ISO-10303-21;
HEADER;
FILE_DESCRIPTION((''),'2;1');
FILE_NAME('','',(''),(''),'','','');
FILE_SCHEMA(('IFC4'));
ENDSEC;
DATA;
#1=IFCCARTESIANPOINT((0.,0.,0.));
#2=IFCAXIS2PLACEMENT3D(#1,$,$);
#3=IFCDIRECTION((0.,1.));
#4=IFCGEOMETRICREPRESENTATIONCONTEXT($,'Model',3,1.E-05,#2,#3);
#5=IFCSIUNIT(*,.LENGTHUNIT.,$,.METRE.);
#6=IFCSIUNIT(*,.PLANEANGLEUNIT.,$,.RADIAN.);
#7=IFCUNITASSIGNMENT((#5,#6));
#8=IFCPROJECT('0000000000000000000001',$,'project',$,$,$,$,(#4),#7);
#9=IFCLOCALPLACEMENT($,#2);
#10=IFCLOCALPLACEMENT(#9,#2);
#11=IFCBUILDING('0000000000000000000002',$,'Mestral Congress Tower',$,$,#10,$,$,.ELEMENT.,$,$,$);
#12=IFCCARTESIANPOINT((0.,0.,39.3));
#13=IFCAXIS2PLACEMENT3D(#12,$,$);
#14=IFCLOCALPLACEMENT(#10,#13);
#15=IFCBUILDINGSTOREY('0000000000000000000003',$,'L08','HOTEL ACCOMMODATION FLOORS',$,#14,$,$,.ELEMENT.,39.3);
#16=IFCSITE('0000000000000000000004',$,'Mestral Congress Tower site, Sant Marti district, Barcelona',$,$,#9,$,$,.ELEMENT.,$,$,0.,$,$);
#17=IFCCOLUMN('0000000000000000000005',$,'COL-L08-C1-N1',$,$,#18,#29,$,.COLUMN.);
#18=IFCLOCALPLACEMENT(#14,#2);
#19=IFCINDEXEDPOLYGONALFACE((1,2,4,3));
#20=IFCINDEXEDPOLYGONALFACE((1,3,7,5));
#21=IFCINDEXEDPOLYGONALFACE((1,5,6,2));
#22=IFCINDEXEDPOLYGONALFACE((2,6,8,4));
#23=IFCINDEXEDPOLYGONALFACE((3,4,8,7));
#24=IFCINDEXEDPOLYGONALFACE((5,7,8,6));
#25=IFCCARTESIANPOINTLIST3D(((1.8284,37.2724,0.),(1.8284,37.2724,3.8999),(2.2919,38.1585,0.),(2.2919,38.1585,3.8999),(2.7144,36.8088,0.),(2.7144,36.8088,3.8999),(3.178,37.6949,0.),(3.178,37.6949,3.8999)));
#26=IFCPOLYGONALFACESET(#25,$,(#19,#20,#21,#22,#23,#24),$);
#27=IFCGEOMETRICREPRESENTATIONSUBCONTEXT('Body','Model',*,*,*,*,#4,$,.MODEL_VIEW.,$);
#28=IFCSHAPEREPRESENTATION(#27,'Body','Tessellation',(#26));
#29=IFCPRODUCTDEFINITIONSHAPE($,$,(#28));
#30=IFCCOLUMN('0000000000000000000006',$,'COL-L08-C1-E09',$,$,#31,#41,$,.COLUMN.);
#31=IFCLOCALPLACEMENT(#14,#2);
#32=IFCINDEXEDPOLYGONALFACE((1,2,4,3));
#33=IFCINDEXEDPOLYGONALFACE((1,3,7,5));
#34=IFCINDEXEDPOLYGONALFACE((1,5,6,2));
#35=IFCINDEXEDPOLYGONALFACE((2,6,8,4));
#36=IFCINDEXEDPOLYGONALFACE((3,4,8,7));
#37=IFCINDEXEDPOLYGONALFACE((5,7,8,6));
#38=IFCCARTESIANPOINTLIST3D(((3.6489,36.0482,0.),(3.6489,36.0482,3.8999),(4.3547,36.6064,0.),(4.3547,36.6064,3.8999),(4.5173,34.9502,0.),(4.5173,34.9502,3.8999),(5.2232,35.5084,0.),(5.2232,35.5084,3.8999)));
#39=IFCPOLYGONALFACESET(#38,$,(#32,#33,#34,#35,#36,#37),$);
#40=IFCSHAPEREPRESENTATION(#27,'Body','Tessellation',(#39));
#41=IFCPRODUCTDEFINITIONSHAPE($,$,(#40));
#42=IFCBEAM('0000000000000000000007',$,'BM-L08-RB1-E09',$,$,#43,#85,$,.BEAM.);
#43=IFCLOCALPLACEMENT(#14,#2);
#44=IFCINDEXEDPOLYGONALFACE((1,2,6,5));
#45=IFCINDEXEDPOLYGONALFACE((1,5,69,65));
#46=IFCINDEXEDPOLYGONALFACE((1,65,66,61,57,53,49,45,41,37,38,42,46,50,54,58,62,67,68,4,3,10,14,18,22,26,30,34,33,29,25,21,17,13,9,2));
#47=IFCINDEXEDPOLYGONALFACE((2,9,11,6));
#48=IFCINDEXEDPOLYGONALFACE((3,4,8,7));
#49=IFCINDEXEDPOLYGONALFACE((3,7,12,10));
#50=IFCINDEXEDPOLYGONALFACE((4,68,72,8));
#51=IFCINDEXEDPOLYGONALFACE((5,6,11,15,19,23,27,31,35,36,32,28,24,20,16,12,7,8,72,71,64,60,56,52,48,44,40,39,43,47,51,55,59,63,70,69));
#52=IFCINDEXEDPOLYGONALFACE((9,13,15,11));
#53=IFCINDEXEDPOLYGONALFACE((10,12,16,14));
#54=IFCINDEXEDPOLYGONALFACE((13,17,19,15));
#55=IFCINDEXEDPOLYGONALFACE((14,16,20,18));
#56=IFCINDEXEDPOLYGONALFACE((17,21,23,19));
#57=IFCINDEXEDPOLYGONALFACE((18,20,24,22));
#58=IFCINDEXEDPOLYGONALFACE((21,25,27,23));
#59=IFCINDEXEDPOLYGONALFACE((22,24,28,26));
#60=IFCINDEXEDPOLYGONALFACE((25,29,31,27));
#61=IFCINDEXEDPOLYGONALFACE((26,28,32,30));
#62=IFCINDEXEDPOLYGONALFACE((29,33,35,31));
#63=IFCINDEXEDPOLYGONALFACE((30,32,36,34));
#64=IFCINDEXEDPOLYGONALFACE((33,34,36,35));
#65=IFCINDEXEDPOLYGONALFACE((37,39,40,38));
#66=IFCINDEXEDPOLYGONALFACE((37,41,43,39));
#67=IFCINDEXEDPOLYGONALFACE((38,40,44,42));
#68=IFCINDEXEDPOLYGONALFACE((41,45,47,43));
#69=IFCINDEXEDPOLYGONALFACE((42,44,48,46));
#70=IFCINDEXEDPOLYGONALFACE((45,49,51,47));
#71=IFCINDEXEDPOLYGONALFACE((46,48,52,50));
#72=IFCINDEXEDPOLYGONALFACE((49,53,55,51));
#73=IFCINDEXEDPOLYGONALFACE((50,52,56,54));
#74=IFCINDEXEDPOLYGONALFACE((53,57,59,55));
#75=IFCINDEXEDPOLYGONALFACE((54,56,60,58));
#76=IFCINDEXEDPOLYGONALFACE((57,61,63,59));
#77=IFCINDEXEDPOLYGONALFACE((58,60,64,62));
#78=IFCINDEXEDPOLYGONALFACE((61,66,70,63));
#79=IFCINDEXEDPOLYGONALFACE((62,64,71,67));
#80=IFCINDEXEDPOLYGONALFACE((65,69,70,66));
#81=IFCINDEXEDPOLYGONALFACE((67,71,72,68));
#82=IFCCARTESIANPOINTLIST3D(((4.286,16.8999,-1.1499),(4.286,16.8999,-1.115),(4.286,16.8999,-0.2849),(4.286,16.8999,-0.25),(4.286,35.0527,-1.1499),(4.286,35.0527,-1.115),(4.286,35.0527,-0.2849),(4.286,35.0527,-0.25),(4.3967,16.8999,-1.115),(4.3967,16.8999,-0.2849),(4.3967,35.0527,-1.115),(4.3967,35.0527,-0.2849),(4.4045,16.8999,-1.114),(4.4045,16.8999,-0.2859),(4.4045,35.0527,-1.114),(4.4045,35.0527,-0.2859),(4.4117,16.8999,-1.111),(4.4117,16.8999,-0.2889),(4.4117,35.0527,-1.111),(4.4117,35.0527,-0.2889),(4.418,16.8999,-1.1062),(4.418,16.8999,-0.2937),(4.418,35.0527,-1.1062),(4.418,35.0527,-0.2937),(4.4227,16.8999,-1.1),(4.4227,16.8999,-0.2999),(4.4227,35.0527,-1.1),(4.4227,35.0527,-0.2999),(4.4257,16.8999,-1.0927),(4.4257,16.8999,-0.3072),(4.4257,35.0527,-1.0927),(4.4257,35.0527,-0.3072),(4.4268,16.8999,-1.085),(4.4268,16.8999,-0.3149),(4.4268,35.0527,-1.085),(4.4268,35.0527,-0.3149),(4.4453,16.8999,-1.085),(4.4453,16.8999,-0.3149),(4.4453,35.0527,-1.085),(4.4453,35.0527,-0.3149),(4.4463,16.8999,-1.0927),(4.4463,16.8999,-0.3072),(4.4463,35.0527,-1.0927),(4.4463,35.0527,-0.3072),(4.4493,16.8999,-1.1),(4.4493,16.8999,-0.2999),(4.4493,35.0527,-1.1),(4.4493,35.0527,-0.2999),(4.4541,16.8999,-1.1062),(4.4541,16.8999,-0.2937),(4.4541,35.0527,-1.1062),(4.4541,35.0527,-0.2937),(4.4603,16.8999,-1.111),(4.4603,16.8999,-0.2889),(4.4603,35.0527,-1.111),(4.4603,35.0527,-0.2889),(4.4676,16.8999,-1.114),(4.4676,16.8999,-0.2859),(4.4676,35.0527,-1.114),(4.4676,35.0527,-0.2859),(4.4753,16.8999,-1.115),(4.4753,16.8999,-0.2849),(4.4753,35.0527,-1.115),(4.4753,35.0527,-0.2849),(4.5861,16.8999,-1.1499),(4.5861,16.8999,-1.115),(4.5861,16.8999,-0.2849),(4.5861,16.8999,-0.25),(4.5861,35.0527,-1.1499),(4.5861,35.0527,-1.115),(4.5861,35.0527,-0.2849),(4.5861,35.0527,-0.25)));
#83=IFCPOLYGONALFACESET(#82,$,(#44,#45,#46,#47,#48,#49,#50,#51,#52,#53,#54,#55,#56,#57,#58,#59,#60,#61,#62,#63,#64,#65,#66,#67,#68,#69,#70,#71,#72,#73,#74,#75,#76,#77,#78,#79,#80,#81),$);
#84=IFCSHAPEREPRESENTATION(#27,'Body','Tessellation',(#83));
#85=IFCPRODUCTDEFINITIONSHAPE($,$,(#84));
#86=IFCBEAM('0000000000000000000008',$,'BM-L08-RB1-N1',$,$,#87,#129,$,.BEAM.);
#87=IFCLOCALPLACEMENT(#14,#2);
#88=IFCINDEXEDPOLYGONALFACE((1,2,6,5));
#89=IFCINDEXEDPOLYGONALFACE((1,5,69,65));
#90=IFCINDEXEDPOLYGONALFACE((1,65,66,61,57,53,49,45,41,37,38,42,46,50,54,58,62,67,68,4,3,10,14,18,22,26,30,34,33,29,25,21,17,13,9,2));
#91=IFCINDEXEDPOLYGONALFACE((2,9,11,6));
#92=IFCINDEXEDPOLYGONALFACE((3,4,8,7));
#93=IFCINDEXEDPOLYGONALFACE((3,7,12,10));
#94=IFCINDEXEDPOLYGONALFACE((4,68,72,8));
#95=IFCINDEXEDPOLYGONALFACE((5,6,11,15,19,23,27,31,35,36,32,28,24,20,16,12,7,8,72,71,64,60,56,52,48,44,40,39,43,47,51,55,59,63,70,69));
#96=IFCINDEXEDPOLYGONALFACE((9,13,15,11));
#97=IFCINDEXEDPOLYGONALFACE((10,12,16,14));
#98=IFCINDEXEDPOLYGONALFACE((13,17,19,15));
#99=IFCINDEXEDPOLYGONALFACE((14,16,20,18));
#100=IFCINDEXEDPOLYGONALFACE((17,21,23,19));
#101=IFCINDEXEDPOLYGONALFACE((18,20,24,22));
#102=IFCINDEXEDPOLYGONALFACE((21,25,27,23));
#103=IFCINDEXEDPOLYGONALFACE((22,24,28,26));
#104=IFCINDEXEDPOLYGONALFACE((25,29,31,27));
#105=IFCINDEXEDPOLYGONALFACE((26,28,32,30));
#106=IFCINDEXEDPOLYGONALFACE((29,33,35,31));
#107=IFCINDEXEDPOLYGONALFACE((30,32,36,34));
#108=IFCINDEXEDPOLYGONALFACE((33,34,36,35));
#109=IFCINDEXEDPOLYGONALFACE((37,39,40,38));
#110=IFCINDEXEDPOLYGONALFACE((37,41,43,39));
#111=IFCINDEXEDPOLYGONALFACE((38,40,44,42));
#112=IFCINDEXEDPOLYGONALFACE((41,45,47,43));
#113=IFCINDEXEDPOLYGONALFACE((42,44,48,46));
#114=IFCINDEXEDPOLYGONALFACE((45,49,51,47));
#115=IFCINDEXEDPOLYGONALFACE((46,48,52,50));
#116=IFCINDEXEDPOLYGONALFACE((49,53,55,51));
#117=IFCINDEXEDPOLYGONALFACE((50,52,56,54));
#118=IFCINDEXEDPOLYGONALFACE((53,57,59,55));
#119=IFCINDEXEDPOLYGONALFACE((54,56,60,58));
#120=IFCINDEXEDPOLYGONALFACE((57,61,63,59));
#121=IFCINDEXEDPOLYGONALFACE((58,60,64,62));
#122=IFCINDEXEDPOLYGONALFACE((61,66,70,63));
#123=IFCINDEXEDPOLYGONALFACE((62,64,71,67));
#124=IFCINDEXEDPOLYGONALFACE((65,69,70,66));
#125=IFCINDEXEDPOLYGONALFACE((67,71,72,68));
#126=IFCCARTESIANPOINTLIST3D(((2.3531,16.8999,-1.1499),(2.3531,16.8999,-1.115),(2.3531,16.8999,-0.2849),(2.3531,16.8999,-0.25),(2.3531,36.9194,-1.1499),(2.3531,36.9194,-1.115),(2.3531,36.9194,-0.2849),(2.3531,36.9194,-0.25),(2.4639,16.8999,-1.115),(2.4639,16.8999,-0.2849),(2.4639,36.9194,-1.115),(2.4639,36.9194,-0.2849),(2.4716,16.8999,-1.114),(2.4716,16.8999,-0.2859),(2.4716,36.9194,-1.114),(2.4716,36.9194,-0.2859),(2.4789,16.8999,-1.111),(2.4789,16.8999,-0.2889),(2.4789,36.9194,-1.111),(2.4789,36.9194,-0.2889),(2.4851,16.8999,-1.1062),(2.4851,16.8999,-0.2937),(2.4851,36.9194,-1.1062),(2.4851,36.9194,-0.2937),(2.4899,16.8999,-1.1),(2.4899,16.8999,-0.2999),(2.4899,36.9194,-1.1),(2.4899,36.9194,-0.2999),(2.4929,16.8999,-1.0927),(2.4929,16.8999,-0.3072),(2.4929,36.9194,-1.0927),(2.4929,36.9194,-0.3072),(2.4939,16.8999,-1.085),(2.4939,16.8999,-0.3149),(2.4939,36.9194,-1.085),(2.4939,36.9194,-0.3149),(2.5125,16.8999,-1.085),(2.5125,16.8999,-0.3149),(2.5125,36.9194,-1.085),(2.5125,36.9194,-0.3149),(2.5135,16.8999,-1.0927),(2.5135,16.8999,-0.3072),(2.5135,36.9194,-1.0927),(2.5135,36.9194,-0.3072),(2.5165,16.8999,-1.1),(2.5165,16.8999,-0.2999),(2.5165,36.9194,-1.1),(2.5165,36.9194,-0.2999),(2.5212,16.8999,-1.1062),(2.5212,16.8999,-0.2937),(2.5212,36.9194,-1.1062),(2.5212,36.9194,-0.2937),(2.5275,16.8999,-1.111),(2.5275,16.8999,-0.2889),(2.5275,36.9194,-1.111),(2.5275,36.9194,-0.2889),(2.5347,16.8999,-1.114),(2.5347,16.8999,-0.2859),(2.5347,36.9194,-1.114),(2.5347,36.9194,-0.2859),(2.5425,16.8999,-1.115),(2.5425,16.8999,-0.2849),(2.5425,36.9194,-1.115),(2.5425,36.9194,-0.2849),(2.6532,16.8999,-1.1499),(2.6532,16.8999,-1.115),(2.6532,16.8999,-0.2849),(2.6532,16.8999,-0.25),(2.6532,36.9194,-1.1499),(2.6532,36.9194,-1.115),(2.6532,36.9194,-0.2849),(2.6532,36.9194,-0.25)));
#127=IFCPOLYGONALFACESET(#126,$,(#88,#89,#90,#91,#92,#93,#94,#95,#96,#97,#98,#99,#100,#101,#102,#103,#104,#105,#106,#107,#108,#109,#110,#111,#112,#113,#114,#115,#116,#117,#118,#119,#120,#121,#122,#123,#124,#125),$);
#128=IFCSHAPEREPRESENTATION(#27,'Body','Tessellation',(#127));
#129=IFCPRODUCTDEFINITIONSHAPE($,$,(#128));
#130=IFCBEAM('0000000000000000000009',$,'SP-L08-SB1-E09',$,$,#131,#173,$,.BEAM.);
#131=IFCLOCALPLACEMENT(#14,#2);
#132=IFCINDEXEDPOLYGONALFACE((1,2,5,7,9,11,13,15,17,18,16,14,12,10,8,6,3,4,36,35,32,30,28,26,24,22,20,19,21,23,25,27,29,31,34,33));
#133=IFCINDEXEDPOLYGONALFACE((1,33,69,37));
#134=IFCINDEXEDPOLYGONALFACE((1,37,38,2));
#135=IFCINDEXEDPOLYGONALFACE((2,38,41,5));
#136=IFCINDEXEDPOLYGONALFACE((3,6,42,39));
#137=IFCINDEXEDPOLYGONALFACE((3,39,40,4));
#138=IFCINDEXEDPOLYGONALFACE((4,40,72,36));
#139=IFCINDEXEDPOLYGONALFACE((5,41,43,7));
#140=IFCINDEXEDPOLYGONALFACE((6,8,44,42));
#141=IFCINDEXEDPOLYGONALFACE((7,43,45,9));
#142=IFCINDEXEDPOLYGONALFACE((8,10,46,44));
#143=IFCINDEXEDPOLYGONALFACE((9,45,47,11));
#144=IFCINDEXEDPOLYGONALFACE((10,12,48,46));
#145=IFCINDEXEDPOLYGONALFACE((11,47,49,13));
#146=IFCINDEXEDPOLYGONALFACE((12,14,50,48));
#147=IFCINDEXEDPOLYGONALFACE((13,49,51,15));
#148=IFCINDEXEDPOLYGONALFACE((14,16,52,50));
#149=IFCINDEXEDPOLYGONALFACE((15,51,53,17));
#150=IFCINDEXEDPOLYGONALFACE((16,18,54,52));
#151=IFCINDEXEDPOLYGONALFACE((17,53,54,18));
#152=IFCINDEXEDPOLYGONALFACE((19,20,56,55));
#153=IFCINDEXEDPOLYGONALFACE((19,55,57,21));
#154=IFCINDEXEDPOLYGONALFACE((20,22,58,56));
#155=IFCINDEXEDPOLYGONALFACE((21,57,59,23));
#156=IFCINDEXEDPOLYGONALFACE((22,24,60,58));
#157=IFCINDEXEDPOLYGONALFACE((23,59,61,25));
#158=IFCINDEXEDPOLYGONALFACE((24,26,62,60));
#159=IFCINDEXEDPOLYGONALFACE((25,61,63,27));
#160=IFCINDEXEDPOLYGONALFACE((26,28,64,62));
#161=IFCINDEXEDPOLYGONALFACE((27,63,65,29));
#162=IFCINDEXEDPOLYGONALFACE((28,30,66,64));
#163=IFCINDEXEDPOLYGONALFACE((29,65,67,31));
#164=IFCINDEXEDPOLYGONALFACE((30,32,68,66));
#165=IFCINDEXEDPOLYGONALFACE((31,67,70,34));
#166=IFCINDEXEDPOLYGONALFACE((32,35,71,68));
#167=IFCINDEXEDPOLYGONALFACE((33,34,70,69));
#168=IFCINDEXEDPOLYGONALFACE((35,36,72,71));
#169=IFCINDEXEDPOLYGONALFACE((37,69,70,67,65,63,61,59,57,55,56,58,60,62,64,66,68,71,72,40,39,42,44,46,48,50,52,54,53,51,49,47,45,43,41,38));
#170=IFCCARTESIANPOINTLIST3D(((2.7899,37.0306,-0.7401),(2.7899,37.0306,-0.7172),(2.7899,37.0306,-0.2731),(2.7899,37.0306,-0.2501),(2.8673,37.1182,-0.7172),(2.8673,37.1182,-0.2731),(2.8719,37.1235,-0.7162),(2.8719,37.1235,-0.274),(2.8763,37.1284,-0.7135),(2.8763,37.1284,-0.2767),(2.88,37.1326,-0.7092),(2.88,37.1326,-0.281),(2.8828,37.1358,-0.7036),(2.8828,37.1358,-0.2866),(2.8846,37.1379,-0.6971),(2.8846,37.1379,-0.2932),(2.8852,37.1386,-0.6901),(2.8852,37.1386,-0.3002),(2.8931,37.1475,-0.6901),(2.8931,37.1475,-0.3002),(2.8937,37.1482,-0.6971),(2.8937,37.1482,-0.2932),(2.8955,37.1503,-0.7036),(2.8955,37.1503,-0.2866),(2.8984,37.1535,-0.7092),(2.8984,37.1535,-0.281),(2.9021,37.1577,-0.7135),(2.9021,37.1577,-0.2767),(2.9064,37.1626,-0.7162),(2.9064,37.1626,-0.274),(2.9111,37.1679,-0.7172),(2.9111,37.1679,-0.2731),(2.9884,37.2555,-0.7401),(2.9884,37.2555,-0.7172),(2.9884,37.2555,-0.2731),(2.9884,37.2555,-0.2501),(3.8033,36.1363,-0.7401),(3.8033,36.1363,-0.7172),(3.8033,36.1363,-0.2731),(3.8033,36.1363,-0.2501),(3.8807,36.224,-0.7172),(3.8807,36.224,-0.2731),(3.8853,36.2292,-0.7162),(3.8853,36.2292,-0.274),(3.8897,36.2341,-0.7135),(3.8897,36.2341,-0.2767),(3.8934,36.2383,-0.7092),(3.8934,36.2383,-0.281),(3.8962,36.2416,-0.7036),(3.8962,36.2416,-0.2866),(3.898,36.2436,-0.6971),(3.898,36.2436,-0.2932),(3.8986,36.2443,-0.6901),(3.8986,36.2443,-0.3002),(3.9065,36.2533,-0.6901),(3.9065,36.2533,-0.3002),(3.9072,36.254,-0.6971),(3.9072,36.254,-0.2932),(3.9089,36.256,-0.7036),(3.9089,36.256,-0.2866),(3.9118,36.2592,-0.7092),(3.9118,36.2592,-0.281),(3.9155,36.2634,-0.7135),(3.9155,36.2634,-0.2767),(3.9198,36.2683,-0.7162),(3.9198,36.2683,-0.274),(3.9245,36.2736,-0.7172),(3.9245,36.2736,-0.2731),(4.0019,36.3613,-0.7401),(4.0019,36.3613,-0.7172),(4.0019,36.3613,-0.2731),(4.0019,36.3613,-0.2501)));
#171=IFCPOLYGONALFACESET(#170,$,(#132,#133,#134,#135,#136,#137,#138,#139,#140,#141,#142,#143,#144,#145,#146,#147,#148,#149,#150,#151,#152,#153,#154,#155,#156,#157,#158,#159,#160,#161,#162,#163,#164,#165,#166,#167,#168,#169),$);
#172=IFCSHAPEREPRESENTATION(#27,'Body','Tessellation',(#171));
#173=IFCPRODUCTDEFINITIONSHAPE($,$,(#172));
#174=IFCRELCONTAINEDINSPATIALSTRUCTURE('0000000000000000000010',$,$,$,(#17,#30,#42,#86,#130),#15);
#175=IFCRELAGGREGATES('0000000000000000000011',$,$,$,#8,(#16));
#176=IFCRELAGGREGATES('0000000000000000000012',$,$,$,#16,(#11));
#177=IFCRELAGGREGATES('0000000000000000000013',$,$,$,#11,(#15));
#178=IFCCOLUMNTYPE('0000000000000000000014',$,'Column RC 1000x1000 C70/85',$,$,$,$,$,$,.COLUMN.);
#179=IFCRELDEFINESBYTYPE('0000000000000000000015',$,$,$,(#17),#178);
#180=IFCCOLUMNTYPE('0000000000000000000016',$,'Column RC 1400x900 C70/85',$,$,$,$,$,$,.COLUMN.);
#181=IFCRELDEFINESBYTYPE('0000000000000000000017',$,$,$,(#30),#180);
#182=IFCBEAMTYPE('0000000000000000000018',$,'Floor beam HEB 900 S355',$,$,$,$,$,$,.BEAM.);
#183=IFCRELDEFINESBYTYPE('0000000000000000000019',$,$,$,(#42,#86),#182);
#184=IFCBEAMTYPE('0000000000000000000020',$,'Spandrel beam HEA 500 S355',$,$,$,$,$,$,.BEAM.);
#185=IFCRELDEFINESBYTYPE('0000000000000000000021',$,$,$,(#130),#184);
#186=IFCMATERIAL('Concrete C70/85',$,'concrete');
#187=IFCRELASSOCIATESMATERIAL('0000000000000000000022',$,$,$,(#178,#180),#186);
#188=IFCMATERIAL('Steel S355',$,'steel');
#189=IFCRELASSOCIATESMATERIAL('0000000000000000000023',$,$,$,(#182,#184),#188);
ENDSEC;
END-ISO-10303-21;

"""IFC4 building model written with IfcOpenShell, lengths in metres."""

from ifc_helpers import new_model, si_unit, direction, frame, origin, origin_2d, place, context, subcontext, project, spatial, rectangle, i_section, extrude, material, material_profile, profile_set, type_object, element, save


model = new_model("IFC4")

# Units and contexts
model_context = context("Model", 3, precision=1e-05, world=origin(), true_north=direction((0.0, 1.0)))
body_context = subcontext(model_context, "Body", "Model", "MODEL_VIEW")
ifc_project = project(units=[si_unit("LENGTHUNIT", "METRE"), si_unit("PLANEANGLEUNIT", "RADIAN")], contexts=[model_context])

# Site, building, storey
site_placement = place(None, origin())
site = spatial("IfcSite", under=ifc_project, at=site_placement, Name="Mestral Congress Tower site, Sant Marti district, Barcelona", CompositionType="ELEMENT", RefElevation=0.0)
building_placement = place(site_placement, origin())
building = spatial("IfcBuilding", under=site, at=building_placement, Name="Mestral Congress Tower", CompositionType="ELEMENT")
storey_placement = place(building_placement, frame((0.0, 0.0, 39.3)))
storey = spatial("IfcBuildingStorey", under=building, at=storey_placement, Name="L08", Description="HOTEL ACCOMMODATION FLOORS", CompositionType="ELEMENT", Elevation=39.3)

# Columns
ifc_material_1 = material(Name="Concrete C70/85", Category="concrete")
ifc_material_profile_1 = material_profile(ifc_material_1, rectangle(XDim=1.0, YDim=1.0, at=origin_2d()), Name="RC 1000x1000")
ifc_profile_set_1 = profile_set([ifc_material_profile_1], Name="Concrete C70/85")
column_type_1 = type_object("IfcColumnType", Name="Column RC 1000x1000 C70/85", PredefinedType="COLUMN", material=ifc_profile_set_1)
column_1_placement = place(storey_placement, frame((2.5032, 37.4836, 0.0), z_axis=(0.0, 0.0, 1.0), x_axis=(-0.886068, 0.463556, 0.0)))
element("IfcColumn", 1, at=column_1_placement, inside=storey, type_object=column_type_1, Name="COL-L08-C1-N1", PredefinedType="COLUMN", context=body_context, shape_type="SweptSolid", body=[
    extrude(rectangle(XDim=1.0, YDim=1.0, at=origin_2d()), origin(), (0.0, 0.0, 1.0), 3.8999),
])
ifc_material_profile_2 = material_profile(ifc_material_1, rectangle(XDim=1.3999, YDim=0.8999, at=origin_2d()), Name="RC 1400x900")
ifc_profile_set_2 = profile_set([ifc_material_profile_2], Name="Concrete C70/85")
column_type_2 = type_object("IfcColumnType", Name="Column RC 1400x900 C70/85", PredefinedType="COLUMN", material=ifc_profile_set_2)
column_2_placement = place(storey_placement, frame((4.436, 35.7783, 0.0), z_axis=(0.0, 0.0, 1.0), x_axis=(-0.620334, 0.784338, 0.0)))
element("IfcColumn", 2, at=column_2_placement, inside=storey, type_object=column_type_2, Name="COL-L08-C1-E09", PredefinedType="COLUMN", context=body_context, shape_type="SweptSolid", body=[
    extrude(rectangle(XDim=1.3999, YDim=0.8999, at=origin_2d()), origin(), (0.0, 0.0, 1.0), 3.8999),
])

# Beams
ifc_material_2 = material(Name="Steel S355", Category="steel")
ifc_material_profile_3 = material_profile(ifc_material_2, i_section(OverallWidth=0.3, OverallDepth=0.8999, WebThickness=0.0186, FlangeThickness=0.0349, FilletRadius=0.03, at=origin_2d()), Name="HEB 900")
ifc_profile_set_3 = profile_set([ifc_material_profile_3], Name="Steel S355")
beam_type_1 = type_object("IfcBeamType", Name="Floor beam HEB 900 S355", PredefinedType="BEAM", material=ifc_profile_set_3)
beam_1_placement = place(storey_placement, frame((4.436, 35.0527, -0.7), z_axis=(0.0, -1.0, 0.0), x_axis=(1.0, 0.0, 0.0)))
element("IfcBeam", 3, at=beam_1_placement, inside=storey, type_object=beam_type_1, Name="BM-L08-RB1-E09", PredefinedType="BEAM", context=body_context, shape_type="SweptSolid", body=[
    extrude(i_section(OverallWidth=0.3, OverallDepth=0.8999, WebThickness=0.0186, FlangeThickness=0.0349, FilletRadius=0.03, at=origin_2d()), origin(), (0.0, 0.0, 1.0), 18.1528),
])
beam_2_placement = place(storey_placement, frame((2.5032, 36.9194, -0.7), z_axis=(0.0, -1.0, 0.0), x_axis=(1.0, 0.0, 0.0)))
element("IfcBeam", 4, at=beam_2_placement, inside=storey, type_object=beam_type_1, Name="BM-L08-RB1-N1", PredefinedType="BEAM", context=body_context, shape_type="SweptSolid", body=[
    extrude(i_section(OverallWidth=0.3, OverallDepth=0.8999, WebThickness=0.0186, FlangeThickness=0.0349, FilletRadius=0.03, at=origin_2d()), origin(), (0.0, 0.0, 1.0), 20.0195),
])
ifc_material_profile_4 = material_profile(ifc_material_2, i_section(OverallWidth=0.3, OverallDepth=0.49, WebThickness=0.012, FlangeThickness=0.0229, FilletRadius=0.0271, at=origin_2d()), Name="HEA 500")
ifc_profile_set_4 = profile_set([ifc_material_profile_4], Name="Steel S355")
beam_type_2 = type_object("IfcBeamType", Name="Spandrel beam HEA 500 S355", PredefinedType="BEAM", material=ifc_profile_set_4)
beam_3_placement = place(storey_placement, frame((3.9026, 36.2488, -0.4951), z_axis=(-0.749806, 0.661657, 0.0), x_axis=(-0.661657, -0.749806, 0.0)))
element("IfcBeam", 5, at=beam_3_placement, inside=storey, type_object=beam_type_2, Name="SP-L08-SB1-E09", PredefinedType="BEAM", context=body_context, shape_type="SweptSolid", body=[
    extrude(i_section(OverallWidth=0.3, OverallDepth=0.49, WebThickness=0.012, FlangeThickness=0.0229, FilletRadius=0.0271, at=origin_2d()), origin(), (0.0, 0.0, 1.0), 1.3516),
])

save(model, "model.ifc")
